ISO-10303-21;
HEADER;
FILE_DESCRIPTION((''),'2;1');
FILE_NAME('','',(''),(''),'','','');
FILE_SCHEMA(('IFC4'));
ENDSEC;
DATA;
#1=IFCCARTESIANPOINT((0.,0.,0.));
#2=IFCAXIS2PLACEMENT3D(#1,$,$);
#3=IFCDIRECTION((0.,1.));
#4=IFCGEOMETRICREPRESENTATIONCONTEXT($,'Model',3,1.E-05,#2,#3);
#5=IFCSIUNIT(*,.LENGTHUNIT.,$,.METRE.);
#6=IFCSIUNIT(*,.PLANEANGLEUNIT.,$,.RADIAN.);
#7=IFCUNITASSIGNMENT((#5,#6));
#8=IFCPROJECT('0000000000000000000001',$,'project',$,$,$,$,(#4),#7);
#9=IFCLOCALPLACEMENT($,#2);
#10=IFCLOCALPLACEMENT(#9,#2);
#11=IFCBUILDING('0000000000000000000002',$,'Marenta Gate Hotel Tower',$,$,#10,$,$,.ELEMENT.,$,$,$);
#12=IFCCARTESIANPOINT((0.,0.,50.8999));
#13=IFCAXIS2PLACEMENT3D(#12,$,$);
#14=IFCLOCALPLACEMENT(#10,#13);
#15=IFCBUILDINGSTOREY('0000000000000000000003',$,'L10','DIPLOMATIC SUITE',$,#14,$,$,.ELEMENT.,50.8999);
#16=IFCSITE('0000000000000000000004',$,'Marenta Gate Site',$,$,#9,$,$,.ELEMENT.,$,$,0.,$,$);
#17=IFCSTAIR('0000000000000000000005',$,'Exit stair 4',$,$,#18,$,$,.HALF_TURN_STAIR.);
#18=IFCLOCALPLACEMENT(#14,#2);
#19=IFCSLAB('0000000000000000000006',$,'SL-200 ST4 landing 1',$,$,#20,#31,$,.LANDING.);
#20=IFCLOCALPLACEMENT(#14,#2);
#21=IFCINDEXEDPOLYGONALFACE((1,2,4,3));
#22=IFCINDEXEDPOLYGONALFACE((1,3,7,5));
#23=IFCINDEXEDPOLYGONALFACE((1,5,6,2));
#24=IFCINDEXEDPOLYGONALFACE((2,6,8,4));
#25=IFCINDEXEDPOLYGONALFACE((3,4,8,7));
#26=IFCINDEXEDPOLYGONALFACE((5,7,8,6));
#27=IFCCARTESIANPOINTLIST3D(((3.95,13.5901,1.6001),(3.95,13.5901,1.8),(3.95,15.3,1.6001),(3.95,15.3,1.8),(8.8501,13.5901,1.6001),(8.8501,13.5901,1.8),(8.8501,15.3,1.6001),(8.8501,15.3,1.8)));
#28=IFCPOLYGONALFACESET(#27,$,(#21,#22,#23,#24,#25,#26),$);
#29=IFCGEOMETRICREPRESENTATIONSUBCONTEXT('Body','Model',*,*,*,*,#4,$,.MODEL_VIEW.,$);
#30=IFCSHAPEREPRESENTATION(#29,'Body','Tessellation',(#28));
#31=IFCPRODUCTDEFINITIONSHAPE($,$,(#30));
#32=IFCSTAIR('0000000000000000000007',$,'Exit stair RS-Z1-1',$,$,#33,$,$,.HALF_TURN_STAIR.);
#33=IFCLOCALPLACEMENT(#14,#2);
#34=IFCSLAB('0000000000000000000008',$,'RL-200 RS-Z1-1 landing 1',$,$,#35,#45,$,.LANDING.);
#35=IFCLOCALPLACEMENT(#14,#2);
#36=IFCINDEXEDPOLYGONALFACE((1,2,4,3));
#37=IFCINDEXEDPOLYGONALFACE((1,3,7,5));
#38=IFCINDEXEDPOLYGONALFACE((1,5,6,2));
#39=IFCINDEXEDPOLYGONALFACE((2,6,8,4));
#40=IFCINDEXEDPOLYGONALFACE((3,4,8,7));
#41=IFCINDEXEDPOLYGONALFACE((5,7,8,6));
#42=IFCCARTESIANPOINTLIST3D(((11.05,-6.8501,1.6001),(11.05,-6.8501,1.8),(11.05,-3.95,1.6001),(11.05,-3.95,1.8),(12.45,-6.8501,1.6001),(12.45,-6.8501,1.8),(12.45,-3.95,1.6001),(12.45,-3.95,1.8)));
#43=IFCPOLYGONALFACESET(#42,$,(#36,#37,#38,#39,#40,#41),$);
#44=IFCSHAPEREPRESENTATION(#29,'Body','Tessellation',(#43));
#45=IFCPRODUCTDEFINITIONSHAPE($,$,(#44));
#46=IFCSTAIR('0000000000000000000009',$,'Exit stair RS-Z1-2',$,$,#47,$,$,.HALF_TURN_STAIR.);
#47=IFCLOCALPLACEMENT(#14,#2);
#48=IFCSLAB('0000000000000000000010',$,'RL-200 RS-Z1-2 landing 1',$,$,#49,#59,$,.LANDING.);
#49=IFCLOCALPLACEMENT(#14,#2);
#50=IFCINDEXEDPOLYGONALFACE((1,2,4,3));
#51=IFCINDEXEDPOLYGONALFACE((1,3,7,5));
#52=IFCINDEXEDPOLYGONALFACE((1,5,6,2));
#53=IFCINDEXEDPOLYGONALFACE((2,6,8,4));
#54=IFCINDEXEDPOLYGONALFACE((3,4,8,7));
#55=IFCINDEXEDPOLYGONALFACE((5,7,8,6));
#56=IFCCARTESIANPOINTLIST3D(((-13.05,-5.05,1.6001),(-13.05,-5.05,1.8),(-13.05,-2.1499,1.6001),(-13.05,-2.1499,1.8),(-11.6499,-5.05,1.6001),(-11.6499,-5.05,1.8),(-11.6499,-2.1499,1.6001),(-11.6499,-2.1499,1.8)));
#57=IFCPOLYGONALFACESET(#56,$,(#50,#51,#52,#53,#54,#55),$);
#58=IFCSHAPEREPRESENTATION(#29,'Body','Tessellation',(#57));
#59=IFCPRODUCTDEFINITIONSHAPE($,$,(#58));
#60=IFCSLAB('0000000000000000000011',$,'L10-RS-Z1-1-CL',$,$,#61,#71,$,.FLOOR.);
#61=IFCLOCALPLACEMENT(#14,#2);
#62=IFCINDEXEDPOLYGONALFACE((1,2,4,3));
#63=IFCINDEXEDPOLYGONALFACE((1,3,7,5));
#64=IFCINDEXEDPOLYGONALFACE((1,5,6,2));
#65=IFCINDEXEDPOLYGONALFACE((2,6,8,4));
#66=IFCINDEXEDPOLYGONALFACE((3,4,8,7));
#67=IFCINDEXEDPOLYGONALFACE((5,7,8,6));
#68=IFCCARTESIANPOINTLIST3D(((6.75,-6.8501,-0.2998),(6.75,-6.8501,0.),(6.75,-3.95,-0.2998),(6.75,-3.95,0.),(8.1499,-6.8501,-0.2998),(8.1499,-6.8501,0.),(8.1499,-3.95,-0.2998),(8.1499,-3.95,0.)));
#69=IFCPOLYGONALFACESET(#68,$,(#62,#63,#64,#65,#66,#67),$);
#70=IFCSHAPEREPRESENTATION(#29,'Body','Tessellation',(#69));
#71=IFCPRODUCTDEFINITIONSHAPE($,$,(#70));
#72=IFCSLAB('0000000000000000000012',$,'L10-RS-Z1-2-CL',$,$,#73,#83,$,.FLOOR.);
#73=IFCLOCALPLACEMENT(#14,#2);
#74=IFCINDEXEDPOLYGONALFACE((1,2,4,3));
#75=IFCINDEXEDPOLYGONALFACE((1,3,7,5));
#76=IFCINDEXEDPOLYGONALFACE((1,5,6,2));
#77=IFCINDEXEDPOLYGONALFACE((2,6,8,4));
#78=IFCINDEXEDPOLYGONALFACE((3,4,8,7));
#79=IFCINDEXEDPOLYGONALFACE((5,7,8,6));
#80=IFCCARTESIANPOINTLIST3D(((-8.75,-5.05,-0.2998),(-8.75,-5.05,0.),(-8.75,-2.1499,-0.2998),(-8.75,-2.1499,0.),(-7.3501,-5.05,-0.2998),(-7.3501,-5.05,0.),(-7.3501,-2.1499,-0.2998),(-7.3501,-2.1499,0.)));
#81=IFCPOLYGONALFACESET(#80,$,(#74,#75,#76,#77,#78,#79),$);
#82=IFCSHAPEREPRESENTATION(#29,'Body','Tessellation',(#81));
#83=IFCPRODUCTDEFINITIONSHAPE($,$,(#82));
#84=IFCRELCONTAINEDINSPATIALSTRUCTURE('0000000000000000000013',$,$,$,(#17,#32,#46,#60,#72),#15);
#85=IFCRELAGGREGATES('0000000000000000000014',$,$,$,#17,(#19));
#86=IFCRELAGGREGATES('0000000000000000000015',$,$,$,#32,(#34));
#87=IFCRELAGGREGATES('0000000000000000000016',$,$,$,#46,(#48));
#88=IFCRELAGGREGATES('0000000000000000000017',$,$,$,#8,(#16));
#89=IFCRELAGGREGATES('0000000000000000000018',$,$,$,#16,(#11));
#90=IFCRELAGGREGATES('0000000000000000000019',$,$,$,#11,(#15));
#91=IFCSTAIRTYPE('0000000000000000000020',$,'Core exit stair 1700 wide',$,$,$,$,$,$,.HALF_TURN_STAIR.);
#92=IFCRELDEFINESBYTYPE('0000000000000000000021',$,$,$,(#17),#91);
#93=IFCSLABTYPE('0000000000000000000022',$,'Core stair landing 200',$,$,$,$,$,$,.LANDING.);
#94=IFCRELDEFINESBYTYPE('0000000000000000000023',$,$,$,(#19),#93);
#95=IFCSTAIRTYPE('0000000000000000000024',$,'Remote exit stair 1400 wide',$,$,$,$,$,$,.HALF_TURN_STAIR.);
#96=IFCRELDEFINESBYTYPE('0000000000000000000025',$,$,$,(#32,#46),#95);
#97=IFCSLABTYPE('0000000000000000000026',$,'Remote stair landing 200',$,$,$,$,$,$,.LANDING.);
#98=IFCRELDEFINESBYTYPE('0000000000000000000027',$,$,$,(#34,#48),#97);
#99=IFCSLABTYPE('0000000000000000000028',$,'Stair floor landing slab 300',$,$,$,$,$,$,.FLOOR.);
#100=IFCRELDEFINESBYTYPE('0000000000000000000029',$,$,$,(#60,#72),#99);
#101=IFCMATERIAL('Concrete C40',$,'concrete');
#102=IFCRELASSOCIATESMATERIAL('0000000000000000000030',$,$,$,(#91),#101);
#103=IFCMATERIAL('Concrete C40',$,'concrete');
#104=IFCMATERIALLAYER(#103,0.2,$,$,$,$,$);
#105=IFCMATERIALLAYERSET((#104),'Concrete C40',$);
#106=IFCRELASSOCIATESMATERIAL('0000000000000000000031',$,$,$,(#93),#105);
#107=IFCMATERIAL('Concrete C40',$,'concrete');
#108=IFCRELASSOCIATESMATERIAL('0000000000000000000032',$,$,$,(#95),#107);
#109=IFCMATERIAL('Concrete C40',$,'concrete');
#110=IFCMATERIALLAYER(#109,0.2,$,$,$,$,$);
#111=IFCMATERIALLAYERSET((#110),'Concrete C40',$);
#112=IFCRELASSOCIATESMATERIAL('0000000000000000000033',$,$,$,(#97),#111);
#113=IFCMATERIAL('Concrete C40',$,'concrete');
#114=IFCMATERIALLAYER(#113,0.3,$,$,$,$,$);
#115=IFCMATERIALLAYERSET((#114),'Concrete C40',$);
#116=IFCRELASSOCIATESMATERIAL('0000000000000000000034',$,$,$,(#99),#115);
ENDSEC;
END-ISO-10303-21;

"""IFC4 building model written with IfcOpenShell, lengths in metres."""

from ifc_helpers import new_model, si_unit, direction, frame, origin, place, context, subcontext, project, spatial, polyline, outline, extrude, material, layer, layer_set, type_object, element, aggregate, save


model = new_model("IFC4")

# Units and contexts
model_context = context("Model", 3, precision=1e-05, world=origin(), true_north=direction((0.0, 1.0)))
body_context = subcontext(model_context, "Body", "Model", "MODEL_VIEW")
ifc_project = project(units=[si_unit("LENGTHUNIT", "METRE"), si_unit("PLANEANGLEUNIT", "RADIAN")], contexts=[model_context])

# Site, building, storey
site_placement = place(None, origin())
site = spatial("IfcSite", under=ifc_project, at=site_placement, Name="Marenta Gate Site", CompositionType="ELEMENT", RefElevation=0.0)
building_placement = place(site_placement, origin())
building = spatial("IfcBuilding", under=site, at=building_placement, Name="Marenta Gate Hotel Tower", CompositionType="ELEMENT")
storey_placement = place(building_placement, frame((0.0, 0.0, 50.8999)))
storey = spatial("IfcBuildingStorey", under=building, at=storey_placement, Name="L10", Description="DIPLOMATIC SUITE", CompositionType="ELEMENT", Elevation=50.8999)

# Stairs, slabs
ifc_material_1 = material(Name="Concrete C40", Category="concrete")
stair_type_1 = type_object("IfcStairType", Name="Core exit stair 1700 wide", PredefinedType="HALF_TURN_STAIR", material=ifc_material_1)
ifc_material_2 = material(Name="Concrete C40", Category="concrete")
ifc_layer_1 = layer(ifc_material_2, 0.2)
ifc_layer_set_1 = layer_set([ifc_layer_1], Name="Concrete C40")
slab_type_1 = type_object("IfcSlabType", Name="Core stair landing 200", PredefinedType="LANDING", material=ifc_layer_set_1)
stair_1_placement = place(storey_placement, origin())
stair_1 = element("IfcStair", 1, at=stair_1_placement, inside=storey, type_object=stair_type_1, Name="Exit stair 4", PredefinedType="HALF_TURN_STAIR")
slab_1_placement = place(storey_placement, frame((0.0, 0.0, 1.6001)))
slab_1 = element("IfcSlab", 2, at=slab_1_placement, type_object=slab_type_1, Name="SL-200 ST4 landing 1", PredefinedType="LANDING", context=body_context, shape_type="SweptSolid", body=[
    extrude(outline(polyline([(3.95, 13.5901), (8.8501, 13.5901), (8.8501, 15.3), (3.95, 15.3), (3.95, 13.5901)])), origin(), (0.0, 0.0, 1.0), 0.2),
])
aggregate(stair_1, [slab_1])
ifc_material_3 = material(Name="Concrete C40", Category="concrete")
stair_type_2 = type_object("IfcStairType", Name="Remote exit stair 1400 wide", PredefinedType="HALF_TURN_STAIR", material=ifc_material_3)
stair_2_placement = place(storey_placement, origin())
stair_2 = element("IfcStair", 3, at=stair_2_placement, inside=storey, type_object=stair_type_2, Name="Exit stair RS-Z1-1", PredefinedType="HALF_TURN_STAIR")
ifc_material_4 = material(Name="Concrete C40", Category="concrete")
ifc_layer_2 = layer(ifc_material_4, 0.2)
ifc_layer_set_2 = layer_set([ifc_layer_2], Name="Concrete C40")
slab_type_2 = type_object("IfcSlabType", Name="Remote stair landing 200", PredefinedType="LANDING", material=ifc_layer_set_2)
slab_2_placement = place(storey_placement, frame((0.0, 0.0, 1.6001)))
slab_2 = element("IfcSlab", 4, at=slab_2_placement, type_object=slab_type_2, Name="RL-200 RS-Z1-1 landing 1", PredefinedType="LANDING", context=body_context, shape_type="SweptSolid", body=[
    extrude(outline(polyline([(11.05, -6.8501), (12.45, -6.8501), (12.45, -3.95), (11.05, -3.95), (11.05, -6.8501)])), origin(), (0.0, 0.0, 1.0), 0.2),
])
aggregate(stair_2, [slab_2])
stair_3_placement = place(storey_placement, origin())
stair_3 = element("IfcStair", 5, at=stair_3_placement, inside=storey, type_object=stair_type_2, Name="Exit stair RS-Z1-2", PredefinedType="HALF_TURN_STAIR")
slab_3_placement = place(storey_placement, frame((0.0, 0.0, 1.6001)))
slab_3 = element("IfcSlab", 6, at=slab_3_placement, type_object=slab_type_2, Name="RL-200 RS-Z1-2 landing 1", PredefinedType="LANDING", context=body_context, shape_type="SweptSolid", body=[
    extrude(outline(polyline([(-13.05, -5.05), (-11.6499, -5.05), (-11.6499, -2.1499), (-13.05, -2.1499), (-13.05, -5.05)])), origin(), (0.0, 0.0, 1.0), 0.2),
])
aggregate(stair_3, [slab_3])

# Slabs
ifc_material_5 = material(Name="Concrete C40", Category="concrete")
ifc_layer_3 = layer(ifc_material_5, 0.3)
ifc_layer_set_3 = layer_set([ifc_layer_3], Name="Concrete C40")
slab_type_3 = type_object("IfcSlabType", Name="Stair floor landing slab 300", PredefinedType="FLOOR", material=ifc_layer_set_3)
slab_4_placement = place(storey_placement, frame((0.0, 0.0, -0.2998)))
element("IfcSlab", 7, at=slab_4_placement, inside=storey, type_object=slab_type_3, Name="L10-RS-Z1-1-CL", PredefinedType="FLOOR", context=body_context, shape_type="SweptSolid", body=[
    extrude(outline(polyline([(8.1499, -6.8501), (8.1499, -3.95), (6.75, -3.95), (6.75, -6.8501), (8.1499, -6.8501)])), origin(), (0.0, 0.0, 1.0), 0.2998),
])
slab_5_placement = place(storey_placement, frame((0.0, 0.0, -0.2998)))
element("IfcSlab", 8, at=slab_5_placement, inside=storey, type_object=slab_type_3, Name="L10-RS-Z1-2-CL", PredefinedType="FLOOR", context=body_context, shape_type="SweptSolid", body=[
    extrude(outline(polyline([(-7.3501, -5.05), (-7.3501, -2.1499), (-8.75, -2.1499), (-8.75, -5.05), (-7.3501, -5.05)])), origin(), (0.0, 0.0, 1.0), 0.2998),
])

save(model, "model.ifc")
